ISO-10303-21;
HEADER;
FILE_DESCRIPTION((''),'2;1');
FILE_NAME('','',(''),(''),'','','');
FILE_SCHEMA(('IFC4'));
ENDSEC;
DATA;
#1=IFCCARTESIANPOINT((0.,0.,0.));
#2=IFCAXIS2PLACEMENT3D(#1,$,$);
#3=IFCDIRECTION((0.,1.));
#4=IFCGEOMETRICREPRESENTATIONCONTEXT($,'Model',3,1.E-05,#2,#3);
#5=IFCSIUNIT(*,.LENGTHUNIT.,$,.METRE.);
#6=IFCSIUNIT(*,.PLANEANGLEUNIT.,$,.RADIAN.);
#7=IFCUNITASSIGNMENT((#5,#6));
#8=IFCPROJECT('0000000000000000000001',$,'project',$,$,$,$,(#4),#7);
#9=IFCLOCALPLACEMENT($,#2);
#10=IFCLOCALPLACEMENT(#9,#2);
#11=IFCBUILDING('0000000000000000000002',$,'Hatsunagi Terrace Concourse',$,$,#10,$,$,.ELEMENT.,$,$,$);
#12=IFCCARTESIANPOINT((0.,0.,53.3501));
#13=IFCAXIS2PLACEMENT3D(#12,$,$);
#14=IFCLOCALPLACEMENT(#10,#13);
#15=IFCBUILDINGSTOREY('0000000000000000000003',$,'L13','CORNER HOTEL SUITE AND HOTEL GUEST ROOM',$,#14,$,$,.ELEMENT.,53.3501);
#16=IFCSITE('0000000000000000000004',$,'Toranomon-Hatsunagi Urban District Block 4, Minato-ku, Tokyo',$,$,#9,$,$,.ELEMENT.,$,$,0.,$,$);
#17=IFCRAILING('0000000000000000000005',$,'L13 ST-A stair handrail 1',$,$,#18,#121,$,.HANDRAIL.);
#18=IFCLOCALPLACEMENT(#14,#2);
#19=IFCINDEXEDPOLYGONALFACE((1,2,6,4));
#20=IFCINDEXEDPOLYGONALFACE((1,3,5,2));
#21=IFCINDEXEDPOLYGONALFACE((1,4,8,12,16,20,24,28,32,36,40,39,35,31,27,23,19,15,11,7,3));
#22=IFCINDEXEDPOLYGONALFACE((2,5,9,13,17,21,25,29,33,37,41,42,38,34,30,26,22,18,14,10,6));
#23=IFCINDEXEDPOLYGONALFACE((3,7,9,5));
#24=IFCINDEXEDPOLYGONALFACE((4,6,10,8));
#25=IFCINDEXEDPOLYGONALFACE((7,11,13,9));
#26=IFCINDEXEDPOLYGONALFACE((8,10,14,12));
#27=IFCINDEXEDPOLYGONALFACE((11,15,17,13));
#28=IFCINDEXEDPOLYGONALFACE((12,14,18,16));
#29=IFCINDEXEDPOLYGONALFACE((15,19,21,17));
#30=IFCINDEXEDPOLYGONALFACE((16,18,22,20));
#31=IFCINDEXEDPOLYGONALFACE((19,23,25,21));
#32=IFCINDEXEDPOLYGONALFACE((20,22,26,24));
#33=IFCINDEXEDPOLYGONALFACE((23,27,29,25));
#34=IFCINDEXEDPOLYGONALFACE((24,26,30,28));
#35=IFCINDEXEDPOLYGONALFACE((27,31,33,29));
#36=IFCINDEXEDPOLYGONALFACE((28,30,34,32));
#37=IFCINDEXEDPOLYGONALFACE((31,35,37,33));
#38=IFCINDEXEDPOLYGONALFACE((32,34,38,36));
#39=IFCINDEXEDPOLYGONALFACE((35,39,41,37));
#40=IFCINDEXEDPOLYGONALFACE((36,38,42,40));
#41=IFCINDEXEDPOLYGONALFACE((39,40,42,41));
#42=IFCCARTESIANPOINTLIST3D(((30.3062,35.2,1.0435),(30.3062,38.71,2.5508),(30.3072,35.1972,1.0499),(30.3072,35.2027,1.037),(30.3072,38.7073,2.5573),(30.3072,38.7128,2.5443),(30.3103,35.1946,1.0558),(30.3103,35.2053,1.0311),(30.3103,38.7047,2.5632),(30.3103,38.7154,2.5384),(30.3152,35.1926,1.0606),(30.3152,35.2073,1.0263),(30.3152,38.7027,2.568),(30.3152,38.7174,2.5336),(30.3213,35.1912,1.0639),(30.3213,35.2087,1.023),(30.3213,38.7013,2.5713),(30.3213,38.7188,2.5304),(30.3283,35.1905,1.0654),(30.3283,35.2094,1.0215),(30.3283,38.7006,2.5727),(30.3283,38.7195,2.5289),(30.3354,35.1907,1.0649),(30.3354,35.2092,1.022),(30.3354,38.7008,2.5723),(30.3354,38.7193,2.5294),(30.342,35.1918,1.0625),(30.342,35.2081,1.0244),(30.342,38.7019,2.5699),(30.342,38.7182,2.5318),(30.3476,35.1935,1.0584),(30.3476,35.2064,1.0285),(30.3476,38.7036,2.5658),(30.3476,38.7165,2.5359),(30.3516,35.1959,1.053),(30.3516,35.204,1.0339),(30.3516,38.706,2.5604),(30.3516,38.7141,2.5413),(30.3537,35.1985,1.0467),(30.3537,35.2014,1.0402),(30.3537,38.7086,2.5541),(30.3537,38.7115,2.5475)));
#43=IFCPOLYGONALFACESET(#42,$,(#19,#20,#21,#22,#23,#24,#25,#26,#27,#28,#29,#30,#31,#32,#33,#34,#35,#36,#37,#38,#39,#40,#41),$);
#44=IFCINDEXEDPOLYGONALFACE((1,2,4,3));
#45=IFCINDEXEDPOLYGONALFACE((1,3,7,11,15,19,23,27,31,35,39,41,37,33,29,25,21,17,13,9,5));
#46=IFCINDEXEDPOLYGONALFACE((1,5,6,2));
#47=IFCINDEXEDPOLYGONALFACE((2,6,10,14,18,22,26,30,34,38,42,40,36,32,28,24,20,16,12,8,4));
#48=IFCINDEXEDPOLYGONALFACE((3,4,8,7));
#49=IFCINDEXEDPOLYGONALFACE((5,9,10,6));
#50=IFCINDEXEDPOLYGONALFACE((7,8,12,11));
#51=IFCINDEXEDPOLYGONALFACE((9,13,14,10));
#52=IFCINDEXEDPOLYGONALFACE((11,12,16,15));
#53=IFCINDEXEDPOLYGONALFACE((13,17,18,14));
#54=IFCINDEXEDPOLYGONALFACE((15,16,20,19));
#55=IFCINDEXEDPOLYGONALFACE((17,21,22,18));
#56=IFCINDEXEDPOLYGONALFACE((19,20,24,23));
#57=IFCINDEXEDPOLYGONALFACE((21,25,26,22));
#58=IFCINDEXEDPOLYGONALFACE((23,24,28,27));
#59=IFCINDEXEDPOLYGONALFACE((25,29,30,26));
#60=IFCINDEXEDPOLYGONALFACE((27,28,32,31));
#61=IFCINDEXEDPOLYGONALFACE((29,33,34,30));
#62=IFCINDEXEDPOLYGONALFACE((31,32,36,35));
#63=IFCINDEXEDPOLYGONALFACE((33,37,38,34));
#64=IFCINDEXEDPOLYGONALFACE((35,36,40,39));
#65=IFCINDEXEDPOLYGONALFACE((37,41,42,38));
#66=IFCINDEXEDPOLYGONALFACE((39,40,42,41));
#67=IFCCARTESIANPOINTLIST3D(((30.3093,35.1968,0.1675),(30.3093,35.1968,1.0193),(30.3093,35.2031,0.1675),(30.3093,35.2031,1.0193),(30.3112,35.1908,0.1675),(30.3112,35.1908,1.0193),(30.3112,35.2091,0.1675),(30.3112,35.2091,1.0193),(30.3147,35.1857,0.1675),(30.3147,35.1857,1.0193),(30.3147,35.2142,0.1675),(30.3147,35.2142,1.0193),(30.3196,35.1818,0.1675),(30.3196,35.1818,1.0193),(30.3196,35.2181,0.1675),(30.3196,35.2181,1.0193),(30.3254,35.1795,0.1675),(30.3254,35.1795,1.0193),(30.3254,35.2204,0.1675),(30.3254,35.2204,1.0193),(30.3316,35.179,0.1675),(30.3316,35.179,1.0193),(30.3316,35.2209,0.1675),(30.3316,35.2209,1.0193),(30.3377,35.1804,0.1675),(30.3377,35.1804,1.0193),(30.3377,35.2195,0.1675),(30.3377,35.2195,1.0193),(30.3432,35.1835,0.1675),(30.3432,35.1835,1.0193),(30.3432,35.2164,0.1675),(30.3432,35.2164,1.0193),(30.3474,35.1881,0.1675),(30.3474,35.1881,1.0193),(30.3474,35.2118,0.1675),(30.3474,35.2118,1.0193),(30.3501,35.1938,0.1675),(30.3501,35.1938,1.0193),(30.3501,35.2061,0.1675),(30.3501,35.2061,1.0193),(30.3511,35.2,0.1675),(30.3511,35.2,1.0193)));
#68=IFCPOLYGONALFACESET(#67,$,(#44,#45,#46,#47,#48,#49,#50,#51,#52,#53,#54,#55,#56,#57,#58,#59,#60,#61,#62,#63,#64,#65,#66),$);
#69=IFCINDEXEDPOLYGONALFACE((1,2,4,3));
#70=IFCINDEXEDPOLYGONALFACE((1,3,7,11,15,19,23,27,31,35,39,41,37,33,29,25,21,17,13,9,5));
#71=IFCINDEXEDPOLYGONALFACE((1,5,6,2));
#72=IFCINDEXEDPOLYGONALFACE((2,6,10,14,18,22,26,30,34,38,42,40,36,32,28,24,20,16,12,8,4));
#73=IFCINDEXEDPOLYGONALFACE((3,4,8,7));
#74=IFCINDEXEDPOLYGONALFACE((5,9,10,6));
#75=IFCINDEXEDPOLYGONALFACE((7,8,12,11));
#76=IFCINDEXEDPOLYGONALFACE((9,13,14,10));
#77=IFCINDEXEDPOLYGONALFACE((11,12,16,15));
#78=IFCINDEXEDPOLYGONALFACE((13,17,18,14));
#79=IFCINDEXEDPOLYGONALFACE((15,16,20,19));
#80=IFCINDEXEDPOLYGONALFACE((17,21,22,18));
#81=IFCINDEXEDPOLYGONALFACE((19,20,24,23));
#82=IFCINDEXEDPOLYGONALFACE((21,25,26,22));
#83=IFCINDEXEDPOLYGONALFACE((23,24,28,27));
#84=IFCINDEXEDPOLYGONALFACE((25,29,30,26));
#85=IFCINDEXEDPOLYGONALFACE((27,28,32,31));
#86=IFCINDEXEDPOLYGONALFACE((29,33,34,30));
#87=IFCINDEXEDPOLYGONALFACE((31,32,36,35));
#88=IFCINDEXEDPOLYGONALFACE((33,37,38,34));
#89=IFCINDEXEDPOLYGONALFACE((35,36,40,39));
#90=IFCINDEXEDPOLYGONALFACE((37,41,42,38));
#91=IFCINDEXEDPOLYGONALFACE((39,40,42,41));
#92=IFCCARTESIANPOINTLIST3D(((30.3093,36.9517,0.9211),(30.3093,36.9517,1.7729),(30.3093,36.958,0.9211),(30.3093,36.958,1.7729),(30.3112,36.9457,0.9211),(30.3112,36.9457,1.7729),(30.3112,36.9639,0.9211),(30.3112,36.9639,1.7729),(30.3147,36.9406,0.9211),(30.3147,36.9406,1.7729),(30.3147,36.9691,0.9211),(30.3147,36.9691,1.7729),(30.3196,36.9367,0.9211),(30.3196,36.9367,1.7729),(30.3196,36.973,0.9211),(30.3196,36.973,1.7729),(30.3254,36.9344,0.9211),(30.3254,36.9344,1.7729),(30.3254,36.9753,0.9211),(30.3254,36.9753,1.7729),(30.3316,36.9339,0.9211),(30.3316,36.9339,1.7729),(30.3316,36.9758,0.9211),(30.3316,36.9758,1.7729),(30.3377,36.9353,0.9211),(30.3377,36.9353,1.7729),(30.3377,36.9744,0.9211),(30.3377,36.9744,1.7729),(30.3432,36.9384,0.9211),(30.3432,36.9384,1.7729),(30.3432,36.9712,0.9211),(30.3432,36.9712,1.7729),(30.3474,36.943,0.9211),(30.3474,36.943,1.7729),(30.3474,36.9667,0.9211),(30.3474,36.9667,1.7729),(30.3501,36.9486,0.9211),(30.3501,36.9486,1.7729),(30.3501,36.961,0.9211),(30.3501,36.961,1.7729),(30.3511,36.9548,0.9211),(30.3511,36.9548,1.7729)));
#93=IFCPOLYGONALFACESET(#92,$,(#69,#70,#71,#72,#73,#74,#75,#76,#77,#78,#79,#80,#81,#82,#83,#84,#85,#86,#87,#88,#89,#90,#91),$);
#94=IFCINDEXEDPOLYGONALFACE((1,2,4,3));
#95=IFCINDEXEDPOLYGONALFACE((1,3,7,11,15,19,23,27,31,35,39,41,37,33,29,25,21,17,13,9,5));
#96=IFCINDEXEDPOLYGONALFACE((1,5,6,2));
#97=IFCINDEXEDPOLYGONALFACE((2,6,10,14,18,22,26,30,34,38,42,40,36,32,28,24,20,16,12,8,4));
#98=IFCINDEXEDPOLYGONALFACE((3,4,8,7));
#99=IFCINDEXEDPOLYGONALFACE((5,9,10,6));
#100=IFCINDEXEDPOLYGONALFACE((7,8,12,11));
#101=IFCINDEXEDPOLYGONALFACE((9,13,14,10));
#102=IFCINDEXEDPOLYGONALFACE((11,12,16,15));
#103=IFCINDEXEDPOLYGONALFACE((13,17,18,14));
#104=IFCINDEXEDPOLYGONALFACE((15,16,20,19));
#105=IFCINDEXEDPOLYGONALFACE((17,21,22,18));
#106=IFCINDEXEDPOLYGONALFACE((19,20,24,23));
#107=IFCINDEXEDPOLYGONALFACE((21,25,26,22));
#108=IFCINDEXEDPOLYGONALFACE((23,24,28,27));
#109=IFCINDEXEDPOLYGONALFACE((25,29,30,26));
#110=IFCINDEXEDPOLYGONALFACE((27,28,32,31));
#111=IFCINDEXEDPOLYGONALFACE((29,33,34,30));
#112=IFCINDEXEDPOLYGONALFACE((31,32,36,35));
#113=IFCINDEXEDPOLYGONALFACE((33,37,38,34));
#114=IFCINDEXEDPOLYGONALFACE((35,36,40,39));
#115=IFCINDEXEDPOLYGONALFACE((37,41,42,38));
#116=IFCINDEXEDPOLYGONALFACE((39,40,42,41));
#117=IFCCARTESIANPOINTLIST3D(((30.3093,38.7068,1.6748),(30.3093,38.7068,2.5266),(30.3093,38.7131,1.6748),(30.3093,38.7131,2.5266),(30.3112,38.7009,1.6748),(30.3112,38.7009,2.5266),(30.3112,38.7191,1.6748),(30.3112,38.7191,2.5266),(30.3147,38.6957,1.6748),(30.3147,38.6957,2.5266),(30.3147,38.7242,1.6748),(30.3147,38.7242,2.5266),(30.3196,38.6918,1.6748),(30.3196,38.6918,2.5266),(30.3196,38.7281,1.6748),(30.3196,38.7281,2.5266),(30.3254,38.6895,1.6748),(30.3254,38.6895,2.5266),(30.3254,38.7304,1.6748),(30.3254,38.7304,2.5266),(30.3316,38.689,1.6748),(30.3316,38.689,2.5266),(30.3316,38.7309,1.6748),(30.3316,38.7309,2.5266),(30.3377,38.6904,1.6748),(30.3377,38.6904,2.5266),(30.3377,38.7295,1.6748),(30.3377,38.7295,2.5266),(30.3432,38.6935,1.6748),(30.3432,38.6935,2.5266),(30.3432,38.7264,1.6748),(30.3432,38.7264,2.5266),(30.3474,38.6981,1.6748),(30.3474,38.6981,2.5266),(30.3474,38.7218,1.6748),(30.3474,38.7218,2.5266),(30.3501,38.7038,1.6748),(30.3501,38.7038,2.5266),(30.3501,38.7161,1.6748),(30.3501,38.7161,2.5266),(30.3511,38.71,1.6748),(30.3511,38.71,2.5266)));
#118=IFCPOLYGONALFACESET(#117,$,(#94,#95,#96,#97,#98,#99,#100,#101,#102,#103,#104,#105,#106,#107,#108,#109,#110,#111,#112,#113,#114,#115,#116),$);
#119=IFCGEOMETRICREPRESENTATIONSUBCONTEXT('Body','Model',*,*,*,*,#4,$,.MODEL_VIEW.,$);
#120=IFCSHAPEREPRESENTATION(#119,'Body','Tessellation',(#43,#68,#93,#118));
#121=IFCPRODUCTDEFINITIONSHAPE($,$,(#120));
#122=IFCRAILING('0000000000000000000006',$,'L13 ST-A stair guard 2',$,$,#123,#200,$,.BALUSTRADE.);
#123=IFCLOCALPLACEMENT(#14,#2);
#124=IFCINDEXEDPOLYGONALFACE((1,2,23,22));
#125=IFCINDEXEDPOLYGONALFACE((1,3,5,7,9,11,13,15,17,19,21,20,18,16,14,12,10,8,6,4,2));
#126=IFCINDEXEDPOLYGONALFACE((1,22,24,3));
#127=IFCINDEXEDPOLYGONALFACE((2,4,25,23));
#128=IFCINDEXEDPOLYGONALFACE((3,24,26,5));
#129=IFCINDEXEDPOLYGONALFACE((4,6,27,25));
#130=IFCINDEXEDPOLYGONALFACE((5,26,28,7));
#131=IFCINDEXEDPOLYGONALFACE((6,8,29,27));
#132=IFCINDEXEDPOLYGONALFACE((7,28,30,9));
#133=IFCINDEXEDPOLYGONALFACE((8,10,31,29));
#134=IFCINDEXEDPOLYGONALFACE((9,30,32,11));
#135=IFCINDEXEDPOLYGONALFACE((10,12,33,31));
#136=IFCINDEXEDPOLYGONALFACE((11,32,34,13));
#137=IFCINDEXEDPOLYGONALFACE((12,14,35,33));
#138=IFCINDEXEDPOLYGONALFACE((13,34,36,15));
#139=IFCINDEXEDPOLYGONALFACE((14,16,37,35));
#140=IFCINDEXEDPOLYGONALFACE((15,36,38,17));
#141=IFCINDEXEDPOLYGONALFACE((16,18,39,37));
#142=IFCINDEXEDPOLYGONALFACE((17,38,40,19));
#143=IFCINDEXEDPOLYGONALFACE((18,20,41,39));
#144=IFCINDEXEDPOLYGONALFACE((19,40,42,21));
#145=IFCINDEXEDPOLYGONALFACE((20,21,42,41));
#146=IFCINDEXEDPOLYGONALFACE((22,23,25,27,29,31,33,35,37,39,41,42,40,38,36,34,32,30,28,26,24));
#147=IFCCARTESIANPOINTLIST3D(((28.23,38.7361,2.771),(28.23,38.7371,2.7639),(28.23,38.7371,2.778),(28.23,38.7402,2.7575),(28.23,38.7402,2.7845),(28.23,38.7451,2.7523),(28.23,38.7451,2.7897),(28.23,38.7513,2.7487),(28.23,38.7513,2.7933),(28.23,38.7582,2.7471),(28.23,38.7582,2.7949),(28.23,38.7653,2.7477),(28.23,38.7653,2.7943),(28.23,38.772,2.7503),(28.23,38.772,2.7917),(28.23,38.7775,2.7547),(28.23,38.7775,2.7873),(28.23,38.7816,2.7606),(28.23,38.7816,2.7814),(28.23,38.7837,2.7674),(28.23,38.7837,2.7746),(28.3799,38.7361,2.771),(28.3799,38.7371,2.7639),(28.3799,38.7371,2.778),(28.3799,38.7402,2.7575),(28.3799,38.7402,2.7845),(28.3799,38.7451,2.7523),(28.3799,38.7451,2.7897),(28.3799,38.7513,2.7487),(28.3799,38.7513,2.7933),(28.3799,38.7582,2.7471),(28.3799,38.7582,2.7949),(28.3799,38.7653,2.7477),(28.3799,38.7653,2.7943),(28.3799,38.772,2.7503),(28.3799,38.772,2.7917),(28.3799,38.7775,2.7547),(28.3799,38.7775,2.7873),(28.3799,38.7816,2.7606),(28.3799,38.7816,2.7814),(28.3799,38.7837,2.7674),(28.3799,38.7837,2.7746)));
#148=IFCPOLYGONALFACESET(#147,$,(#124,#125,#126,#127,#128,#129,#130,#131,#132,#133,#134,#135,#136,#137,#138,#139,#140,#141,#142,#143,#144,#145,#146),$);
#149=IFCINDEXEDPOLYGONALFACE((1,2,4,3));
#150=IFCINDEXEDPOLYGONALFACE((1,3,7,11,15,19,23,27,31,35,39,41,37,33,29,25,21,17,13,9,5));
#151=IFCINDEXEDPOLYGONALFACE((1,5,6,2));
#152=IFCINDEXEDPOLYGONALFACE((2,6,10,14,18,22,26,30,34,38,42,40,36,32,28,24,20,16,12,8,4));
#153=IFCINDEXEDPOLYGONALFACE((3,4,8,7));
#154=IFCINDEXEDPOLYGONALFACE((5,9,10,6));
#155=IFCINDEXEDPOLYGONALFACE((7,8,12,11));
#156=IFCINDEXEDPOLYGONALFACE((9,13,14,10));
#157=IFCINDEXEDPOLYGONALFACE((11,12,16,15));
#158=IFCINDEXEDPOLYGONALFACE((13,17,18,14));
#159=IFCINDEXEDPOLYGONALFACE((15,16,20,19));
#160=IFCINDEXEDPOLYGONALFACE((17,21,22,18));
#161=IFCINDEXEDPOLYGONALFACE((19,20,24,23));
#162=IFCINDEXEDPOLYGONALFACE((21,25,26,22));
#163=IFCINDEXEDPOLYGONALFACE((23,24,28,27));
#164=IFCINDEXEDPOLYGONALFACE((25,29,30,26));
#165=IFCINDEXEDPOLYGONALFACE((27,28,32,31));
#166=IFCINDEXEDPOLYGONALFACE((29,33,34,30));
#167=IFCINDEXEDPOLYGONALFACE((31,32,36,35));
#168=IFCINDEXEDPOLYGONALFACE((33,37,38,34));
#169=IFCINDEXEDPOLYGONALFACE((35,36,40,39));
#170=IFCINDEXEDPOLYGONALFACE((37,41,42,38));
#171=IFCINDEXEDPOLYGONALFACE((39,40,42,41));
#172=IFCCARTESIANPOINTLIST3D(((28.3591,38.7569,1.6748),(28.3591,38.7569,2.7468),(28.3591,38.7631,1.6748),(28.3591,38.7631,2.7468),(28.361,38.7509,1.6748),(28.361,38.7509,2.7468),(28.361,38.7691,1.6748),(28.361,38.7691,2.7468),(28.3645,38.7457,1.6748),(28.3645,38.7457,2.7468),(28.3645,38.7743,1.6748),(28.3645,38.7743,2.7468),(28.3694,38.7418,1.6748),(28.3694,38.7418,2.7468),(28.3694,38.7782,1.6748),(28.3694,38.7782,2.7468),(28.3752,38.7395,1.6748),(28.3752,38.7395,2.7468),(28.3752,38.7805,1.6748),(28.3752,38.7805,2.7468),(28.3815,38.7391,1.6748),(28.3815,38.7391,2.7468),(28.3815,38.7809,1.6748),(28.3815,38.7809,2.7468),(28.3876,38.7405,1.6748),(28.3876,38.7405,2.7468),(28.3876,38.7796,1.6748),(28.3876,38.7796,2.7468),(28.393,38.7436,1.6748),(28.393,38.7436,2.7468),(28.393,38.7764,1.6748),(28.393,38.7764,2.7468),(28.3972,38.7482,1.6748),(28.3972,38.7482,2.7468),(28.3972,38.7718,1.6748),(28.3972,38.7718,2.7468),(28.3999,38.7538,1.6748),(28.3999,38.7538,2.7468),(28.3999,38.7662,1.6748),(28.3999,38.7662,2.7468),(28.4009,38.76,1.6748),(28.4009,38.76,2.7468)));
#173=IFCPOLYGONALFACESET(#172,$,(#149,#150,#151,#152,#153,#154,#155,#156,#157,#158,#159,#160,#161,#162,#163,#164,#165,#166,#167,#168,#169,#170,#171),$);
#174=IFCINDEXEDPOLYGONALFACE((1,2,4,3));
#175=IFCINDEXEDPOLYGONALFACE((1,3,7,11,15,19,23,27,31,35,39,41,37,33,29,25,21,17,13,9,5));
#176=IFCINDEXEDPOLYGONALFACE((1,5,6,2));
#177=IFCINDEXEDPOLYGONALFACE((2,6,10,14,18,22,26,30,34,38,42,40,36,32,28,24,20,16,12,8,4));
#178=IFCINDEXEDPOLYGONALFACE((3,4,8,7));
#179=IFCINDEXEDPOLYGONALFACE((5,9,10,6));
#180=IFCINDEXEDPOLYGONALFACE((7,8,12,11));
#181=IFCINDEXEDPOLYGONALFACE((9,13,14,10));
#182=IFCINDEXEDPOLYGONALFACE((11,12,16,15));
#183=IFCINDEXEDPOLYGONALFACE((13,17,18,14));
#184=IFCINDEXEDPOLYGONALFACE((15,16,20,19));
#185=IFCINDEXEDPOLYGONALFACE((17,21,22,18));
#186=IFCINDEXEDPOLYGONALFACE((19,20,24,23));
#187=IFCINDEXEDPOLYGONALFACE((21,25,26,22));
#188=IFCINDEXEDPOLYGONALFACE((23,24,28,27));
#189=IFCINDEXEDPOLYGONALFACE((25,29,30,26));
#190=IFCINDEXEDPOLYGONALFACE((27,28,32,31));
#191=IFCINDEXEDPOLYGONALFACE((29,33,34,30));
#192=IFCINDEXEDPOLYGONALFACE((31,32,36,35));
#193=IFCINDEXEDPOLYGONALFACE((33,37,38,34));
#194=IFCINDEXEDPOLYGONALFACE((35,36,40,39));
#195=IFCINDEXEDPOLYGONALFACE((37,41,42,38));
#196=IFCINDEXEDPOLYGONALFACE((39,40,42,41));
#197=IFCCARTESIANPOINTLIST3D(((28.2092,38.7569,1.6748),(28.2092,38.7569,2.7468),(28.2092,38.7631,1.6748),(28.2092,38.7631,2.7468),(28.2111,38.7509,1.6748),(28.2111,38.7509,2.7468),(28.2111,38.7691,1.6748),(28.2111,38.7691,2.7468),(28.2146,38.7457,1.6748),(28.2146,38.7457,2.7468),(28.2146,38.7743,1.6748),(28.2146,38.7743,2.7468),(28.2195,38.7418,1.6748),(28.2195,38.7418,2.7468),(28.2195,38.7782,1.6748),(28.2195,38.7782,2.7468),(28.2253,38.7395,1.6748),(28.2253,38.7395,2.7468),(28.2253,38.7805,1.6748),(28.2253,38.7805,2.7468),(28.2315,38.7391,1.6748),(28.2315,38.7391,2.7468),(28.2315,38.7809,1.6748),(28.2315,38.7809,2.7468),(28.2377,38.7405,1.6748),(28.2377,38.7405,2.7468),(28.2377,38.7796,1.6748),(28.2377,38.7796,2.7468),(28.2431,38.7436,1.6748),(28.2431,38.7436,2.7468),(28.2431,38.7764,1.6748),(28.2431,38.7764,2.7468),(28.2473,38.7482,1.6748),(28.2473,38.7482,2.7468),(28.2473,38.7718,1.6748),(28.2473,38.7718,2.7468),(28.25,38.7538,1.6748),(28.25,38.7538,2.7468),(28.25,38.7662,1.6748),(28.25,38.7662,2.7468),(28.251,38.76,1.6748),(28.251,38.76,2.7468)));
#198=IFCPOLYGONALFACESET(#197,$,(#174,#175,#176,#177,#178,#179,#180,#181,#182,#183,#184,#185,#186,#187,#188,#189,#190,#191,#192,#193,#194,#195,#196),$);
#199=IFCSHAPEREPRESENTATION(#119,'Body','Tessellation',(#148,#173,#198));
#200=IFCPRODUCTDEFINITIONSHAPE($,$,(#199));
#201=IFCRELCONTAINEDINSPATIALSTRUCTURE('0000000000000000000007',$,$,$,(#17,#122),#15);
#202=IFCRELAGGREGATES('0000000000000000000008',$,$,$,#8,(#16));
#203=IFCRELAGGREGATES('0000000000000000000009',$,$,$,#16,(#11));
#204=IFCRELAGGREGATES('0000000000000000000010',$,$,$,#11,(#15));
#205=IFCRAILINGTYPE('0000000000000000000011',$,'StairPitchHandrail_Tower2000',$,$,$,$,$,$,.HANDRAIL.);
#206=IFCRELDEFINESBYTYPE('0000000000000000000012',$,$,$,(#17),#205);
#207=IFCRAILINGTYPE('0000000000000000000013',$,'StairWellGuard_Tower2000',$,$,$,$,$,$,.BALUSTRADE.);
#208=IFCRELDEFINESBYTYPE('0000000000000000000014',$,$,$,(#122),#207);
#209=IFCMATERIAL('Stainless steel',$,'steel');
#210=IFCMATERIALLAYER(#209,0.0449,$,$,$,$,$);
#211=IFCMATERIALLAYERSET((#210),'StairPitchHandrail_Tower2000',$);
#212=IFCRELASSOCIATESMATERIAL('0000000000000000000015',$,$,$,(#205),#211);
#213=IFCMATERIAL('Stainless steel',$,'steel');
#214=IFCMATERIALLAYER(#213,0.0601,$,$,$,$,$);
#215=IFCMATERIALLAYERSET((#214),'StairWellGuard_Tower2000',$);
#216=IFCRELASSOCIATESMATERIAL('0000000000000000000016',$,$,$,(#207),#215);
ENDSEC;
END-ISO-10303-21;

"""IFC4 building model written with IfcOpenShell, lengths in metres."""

from ifc_helpers import new_model, si_unit, direction, frame, origin, origin_2d, place, context, subcontext, project, spatial, circle, extrude, material, layer, layer_set, type_object, element, save


model = new_model("IFC4")

# Units and contexts
model_context = context("Model", 3, precision=1e-05, world=origin(), true_north=direction((0.0, 1.0)))
body_context = subcontext(model_context, "Body", "Model", "MODEL_VIEW")
ifc_project = project(units=[si_unit("LENGTHUNIT", "METRE"), si_unit("PLANEANGLEUNIT", "RADIAN")], contexts=[model_context])

# Site, building, storey
site_placement = place(None, origin())
site = spatial("IfcSite", under=ifc_project, at=site_placement, Name="Toranomon-Hatsunagi Urban District Block 4, Minato-ku, Tokyo", CompositionType="ELEMENT", RefElevation=0.0)
building_placement = place(site_placement, origin())
building = spatial("IfcBuilding", under=site, at=building_placement, Name="Hatsunagi Terrace Concourse", CompositionType="ELEMENT")
storey_placement = place(building_placement, frame((0.0, 0.0, 53.3501)))
storey = spatial("IfcBuildingStorey", under=building, at=storey_placement, Name="L13", Description="CORNER HOTEL SUITE AND HOTEL GUEST ROOM", CompositionType="ELEMENT", Elevation=53.3501)

# Railings
ifc_material_1 = material(Name="Stainless steel", Category="steel")
ifc_layer_1 = layer(ifc_material_1, 0.0449)
ifc_layer_set_1 = layer_set([ifc_layer_1], Name="StairPitchHandrail_Tower2000")
railing_type_1 = type_object("IfcRailingType", Name="StairPitchHandrail_Tower2000", PredefinedType="HANDRAIL", material=ifc_layer_set_1)
railing_1_placement = place(storey_placement, frame((30.3301, 35.2, 0.1675)))
element("IfcRailing", 1, at=railing_1_placement, inside=storey, type_object=railing_type_1, Name="L13 ST-A stair handrail 1", PredefinedType="HANDRAIL", context=body_context, shape_type="SweptSolid", body=[
    extrude(circle(Radius=0.0239, at=origin_2d()), frame((0.0, 0.0, 0.876), z_axis=(0.0, 0.918857, 0.39459), x_axis=(-1.0, 0.0, 0.0)), (0.0, 0.0, 1.0), 3.8201),
    extrude(circle(Radius=0.021, at=origin_2d()), origin(), (0.0, 0.0, 1.0), 0.8518),
    extrude(circle(Radius=0.021, at=origin_2d()), frame((0.0, 1.7549, 0.7537)), (0.0, 0.0, 1.0), 0.8518),
    extrude(circle(Radius=0.021, at=origin_2d()), frame((0.0, 3.51, 1.5073)), (0.0, 0.0, 1.0), 0.8518),
])
ifc_material_2 = material(Name="Stainless steel", Category="steel")
ifc_layer_2 = layer(ifc_material_2, 0.0601)
ifc_layer_set_2 = layer_set([ifc_layer_2], Name="StairWellGuard_Tower2000")
railing_type_2 = type_object("IfcRailingType", Name="StairWellGuard_Tower2000", PredefinedType="BALUSTRADE", material=ifc_layer_set_2)
railing_2_placement = place(storey_placement, frame((28.3799, 38.76, 1.6748)))
element("IfcRailing", 2, at=railing_2_placement, inside=storey, type_object=railing_type_2, Name="L13 ST-A stair guard 2", PredefinedType="BALUSTRADE", context=body_context, shape_type="SweptSolid", body=[
    extrude(circle(Radius=0.0239, at=origin_2d()), frame((0.0, 0.0, 1.0962), z_axis=(-1.0, 0.0, 0.0), x_axis=(0.0, -1.0, 0.0)), (0.0, 0.0, 1.0), 0.1499),
    extrude(circle(Radius=0.021, at=origin_2d()), origin(), (0.0, 0.0, 1.0), 1.072),
    extrude(circle(Radius=0.021, at=origin_2d()), frame((-0.1499, 0.0, 0.0)), (0.0, 0.0, 1.0), 1.072),
])

save(model, "model.ifc")
